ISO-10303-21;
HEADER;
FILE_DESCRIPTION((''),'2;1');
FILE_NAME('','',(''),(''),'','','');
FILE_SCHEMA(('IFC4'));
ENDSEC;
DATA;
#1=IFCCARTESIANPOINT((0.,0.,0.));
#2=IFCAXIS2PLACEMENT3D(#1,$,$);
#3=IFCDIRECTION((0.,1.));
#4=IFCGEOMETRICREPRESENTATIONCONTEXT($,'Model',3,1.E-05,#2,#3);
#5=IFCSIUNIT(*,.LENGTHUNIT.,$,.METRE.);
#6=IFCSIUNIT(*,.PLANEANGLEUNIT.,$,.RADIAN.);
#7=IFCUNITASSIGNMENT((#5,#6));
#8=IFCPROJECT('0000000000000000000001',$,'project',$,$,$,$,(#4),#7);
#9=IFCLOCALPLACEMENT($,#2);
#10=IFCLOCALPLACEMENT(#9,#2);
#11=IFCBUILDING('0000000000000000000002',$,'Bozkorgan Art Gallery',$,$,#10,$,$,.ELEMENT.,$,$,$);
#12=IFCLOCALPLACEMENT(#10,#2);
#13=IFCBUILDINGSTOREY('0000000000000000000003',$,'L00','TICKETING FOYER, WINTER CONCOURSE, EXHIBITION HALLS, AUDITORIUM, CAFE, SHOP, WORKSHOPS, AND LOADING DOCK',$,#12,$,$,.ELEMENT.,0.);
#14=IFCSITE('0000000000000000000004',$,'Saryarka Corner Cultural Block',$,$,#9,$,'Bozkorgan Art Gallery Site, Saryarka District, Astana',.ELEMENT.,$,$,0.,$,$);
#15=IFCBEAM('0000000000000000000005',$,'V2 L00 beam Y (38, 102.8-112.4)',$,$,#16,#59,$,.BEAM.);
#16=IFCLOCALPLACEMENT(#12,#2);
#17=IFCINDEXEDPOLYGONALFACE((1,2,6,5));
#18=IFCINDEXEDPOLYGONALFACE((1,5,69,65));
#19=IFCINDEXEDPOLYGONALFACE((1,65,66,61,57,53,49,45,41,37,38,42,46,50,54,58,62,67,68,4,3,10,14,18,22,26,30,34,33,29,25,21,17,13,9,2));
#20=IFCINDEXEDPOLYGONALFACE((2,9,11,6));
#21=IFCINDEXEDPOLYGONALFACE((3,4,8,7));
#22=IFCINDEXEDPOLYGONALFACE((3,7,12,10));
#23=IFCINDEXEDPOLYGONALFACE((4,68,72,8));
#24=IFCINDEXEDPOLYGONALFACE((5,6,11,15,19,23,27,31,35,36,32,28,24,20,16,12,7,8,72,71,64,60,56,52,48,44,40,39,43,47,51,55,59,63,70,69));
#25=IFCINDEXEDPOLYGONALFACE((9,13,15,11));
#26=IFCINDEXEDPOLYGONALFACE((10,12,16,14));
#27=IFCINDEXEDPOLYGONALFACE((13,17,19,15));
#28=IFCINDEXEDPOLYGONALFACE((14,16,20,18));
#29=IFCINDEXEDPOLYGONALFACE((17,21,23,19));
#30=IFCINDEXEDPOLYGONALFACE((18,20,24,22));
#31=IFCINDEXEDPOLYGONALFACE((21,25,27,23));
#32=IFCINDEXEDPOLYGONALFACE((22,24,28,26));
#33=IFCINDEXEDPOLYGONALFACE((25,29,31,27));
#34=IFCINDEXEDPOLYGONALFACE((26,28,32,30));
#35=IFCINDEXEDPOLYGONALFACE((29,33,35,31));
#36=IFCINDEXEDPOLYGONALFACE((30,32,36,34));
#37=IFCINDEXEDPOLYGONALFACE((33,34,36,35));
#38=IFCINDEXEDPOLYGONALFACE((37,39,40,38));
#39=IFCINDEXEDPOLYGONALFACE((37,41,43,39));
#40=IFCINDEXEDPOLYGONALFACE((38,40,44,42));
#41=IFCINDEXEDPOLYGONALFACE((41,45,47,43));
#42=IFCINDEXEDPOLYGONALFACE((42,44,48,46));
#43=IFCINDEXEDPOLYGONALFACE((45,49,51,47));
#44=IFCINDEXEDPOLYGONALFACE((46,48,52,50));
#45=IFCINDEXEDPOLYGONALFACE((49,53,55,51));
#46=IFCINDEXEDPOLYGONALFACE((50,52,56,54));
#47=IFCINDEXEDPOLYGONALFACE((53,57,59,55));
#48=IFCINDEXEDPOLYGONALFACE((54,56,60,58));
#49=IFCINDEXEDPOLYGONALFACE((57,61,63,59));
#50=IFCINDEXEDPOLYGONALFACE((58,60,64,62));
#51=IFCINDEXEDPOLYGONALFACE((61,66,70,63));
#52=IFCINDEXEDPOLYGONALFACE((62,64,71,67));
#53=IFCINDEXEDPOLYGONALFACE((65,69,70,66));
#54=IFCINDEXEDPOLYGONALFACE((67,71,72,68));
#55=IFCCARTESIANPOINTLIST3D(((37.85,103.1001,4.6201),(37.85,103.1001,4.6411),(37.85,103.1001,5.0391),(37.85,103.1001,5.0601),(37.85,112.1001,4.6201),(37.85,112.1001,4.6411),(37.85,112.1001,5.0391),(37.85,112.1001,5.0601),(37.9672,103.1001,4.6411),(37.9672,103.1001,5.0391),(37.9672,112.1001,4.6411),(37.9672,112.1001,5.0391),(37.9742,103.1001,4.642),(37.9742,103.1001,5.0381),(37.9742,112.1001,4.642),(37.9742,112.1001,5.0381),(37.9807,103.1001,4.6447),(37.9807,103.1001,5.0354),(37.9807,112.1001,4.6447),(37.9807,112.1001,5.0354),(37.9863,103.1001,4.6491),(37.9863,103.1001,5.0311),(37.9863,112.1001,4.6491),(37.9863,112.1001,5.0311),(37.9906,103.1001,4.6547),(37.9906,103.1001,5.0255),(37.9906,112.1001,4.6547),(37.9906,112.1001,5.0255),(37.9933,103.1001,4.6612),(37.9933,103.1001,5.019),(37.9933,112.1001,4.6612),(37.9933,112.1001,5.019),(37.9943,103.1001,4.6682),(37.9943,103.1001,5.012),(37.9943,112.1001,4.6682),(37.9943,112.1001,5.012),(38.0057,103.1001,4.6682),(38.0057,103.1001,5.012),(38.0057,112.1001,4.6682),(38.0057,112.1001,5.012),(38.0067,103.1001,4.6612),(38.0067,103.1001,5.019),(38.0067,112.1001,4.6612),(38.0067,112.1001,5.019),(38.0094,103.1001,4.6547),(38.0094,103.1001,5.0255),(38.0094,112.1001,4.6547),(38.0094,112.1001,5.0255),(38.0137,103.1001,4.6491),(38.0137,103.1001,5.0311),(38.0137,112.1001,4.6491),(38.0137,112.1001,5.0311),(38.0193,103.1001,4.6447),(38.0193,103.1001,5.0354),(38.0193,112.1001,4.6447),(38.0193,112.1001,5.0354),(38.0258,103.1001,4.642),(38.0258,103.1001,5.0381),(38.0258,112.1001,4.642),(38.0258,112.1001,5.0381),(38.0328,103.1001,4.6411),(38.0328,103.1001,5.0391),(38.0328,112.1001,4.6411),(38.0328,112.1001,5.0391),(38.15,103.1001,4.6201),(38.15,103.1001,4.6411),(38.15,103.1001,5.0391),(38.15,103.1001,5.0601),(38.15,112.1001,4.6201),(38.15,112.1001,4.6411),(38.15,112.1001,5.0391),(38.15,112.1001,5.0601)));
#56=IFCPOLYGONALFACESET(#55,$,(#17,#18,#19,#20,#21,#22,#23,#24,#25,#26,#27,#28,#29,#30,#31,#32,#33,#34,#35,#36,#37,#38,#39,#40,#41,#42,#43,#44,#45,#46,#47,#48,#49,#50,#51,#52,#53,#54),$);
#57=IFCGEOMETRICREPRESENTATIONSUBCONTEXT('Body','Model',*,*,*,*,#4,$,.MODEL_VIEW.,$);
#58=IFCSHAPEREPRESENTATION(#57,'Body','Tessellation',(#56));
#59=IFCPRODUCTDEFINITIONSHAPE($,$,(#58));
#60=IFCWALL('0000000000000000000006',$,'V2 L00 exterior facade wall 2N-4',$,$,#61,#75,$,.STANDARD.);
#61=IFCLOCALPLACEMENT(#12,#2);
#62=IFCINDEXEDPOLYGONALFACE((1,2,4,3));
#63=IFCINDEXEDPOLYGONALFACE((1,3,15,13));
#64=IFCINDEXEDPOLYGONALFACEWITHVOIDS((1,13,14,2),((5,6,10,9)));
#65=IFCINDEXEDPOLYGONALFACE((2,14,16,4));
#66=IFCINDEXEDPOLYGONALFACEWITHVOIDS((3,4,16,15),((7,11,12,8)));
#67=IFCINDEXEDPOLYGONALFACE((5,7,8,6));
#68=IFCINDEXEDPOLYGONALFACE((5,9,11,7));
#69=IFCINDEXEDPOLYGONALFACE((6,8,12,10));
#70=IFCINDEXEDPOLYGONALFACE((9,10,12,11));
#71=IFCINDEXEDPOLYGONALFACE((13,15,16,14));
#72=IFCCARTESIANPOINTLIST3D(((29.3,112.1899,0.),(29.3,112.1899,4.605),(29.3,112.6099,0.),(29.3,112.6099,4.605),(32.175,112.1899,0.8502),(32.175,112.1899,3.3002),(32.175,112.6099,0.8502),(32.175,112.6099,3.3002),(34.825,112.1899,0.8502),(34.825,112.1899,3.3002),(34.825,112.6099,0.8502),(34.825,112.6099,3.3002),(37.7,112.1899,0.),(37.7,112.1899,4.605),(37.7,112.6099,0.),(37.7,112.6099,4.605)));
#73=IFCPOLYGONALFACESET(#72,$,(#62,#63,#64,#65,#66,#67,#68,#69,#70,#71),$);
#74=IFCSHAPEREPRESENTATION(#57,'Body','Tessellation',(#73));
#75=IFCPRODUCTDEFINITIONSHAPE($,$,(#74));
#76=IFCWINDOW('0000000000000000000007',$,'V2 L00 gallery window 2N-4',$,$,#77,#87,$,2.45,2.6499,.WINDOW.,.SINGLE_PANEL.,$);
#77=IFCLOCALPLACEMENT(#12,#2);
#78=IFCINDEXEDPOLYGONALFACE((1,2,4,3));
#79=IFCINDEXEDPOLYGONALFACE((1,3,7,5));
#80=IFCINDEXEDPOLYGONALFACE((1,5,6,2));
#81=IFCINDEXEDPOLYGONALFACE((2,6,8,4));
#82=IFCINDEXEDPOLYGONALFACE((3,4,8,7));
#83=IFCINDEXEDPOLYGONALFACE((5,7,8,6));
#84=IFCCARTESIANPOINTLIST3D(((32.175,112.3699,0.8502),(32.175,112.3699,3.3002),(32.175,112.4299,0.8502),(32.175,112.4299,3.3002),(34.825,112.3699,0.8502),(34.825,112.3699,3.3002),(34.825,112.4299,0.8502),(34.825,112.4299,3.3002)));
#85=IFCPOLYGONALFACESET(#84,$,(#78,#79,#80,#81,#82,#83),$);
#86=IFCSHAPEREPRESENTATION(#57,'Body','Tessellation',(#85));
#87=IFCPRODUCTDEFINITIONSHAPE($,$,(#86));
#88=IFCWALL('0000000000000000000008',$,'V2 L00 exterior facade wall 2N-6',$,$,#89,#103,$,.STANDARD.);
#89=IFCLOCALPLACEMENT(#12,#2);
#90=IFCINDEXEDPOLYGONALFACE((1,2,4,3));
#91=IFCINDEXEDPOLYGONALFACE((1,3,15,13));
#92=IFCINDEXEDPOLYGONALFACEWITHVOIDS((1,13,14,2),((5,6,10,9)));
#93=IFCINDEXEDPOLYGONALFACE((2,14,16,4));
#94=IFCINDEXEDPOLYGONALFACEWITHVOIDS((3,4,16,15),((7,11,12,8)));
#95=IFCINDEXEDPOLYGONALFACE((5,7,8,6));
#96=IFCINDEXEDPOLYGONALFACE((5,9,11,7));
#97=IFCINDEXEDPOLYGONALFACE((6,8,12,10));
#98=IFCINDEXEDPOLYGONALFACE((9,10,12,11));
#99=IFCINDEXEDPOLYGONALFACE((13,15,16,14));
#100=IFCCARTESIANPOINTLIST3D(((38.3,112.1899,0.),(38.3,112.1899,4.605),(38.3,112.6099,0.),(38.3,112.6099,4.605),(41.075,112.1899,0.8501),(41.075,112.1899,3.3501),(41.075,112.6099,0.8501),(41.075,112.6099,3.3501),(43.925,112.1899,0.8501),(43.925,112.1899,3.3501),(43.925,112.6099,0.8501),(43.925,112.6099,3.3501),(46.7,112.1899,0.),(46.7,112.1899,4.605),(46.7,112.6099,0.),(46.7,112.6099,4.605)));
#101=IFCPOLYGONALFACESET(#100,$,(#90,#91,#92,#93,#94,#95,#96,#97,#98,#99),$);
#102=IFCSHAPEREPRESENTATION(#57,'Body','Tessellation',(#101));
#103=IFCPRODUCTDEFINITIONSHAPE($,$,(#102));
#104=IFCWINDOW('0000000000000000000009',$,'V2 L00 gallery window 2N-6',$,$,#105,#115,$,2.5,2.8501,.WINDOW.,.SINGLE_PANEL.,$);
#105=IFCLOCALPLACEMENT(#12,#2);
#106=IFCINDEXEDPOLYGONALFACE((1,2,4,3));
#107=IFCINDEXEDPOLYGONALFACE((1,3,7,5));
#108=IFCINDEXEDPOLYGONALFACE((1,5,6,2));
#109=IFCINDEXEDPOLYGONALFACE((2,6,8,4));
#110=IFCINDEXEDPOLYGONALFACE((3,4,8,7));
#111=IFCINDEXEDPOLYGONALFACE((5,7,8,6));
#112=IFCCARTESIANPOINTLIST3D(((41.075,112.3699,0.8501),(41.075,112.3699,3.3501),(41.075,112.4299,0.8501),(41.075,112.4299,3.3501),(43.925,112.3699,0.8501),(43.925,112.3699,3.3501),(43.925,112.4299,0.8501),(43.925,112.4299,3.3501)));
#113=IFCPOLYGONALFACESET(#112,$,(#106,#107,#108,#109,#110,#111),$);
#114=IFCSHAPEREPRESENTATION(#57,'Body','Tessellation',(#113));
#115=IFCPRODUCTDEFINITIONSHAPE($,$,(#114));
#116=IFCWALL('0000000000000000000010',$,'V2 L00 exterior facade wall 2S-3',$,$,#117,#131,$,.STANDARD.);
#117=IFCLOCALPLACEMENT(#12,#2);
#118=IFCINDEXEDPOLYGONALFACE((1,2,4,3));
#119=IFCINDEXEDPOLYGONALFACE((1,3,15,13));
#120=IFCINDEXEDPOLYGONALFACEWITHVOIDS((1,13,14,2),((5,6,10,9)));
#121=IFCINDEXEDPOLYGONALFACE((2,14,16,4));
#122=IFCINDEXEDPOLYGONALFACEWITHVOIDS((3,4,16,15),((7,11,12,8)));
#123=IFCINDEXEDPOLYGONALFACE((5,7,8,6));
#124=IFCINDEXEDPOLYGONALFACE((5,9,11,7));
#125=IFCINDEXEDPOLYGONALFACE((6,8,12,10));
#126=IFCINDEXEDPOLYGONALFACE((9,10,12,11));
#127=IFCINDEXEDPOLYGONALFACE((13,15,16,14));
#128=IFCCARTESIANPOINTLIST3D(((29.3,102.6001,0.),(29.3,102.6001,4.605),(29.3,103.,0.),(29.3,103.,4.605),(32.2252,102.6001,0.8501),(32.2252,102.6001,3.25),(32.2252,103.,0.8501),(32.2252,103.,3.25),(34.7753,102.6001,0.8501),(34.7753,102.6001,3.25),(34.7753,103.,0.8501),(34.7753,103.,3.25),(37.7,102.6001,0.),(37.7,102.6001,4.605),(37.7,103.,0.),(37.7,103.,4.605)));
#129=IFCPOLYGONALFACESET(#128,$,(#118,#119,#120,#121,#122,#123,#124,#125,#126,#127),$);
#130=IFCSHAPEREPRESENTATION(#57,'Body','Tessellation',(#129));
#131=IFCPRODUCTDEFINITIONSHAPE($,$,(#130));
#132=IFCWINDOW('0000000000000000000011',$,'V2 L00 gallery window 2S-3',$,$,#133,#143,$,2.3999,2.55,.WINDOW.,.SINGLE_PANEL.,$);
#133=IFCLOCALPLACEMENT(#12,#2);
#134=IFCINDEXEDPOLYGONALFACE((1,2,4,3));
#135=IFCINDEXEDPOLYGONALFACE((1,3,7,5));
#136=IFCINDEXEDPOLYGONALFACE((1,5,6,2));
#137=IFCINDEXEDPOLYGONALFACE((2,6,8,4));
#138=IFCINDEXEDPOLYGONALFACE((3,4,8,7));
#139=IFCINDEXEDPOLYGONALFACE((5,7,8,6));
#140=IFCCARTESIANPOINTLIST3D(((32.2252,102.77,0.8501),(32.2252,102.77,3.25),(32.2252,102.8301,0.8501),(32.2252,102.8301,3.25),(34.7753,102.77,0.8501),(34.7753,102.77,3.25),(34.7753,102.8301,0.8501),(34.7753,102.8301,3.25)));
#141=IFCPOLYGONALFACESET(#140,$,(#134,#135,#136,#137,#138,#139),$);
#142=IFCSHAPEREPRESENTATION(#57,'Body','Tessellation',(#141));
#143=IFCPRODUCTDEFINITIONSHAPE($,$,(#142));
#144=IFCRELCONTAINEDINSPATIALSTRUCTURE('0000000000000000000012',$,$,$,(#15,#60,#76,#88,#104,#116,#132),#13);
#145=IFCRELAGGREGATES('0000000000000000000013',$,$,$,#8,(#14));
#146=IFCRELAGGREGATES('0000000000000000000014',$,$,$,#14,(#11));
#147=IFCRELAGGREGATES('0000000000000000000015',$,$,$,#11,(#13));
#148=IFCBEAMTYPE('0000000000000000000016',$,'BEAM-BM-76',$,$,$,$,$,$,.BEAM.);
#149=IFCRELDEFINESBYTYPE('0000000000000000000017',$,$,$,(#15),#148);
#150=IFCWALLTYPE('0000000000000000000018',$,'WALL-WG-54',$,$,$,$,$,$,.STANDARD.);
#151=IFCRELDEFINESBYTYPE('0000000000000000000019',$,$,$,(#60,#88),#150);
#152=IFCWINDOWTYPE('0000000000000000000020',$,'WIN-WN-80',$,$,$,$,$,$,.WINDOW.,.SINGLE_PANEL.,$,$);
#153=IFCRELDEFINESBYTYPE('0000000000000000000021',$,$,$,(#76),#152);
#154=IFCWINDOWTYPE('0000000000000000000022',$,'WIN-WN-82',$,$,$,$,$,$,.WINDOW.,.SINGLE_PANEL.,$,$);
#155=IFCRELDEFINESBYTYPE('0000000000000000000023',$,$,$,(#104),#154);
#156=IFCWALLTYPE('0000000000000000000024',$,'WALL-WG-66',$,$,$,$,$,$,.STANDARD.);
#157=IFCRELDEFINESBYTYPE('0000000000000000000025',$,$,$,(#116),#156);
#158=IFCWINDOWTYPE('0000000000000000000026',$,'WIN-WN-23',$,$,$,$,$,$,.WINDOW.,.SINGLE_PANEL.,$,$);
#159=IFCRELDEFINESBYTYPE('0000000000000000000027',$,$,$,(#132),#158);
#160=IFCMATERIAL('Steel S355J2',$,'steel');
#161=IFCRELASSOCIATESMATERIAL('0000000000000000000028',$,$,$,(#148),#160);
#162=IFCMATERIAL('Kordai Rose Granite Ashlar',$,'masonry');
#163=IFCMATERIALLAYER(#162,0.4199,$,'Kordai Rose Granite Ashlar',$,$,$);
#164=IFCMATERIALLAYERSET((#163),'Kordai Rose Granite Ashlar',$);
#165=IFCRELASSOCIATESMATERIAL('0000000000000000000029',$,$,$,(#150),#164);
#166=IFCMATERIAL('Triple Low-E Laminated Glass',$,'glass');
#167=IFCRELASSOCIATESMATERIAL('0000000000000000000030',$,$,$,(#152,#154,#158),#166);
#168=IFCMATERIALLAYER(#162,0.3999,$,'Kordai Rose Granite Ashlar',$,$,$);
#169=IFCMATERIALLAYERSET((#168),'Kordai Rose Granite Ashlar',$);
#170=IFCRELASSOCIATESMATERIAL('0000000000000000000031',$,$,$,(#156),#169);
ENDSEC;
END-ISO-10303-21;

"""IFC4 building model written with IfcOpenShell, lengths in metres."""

from ifc_helpers import new_model, si_unit, direction, frame, frame_2d, origin, origin_2d, place, context, subcontext, project, spatial, rectangle, i_section, extrude, material, layer, layer_set, material_profile, profile_set, type_object, element, fill, save


model = new_model("IFC4")

# Units and contexts
model_context = context("Model", 3, precision=1e-05, world=origin(), true_north=direction((0.0, 1.0)))
body_context = subcontext(model_context, "Body", "Model", "MODEL_VIEW")
ifc_project = project(units=[si_unit("LENGTHUNIT", "METRE"), si_unit("PLANEANGLEUNIT", "RADIAN")], contexts=[model_context])

# Site, building, storey
site_placement = place(None, origin())
site = spatial("IfcSite", under=ifc_project, at=site_placement, Name="Saryarka Corner Cultural Block", LongName="Bozkorgan Art Gallery Site, Saryarka District, Astana", CompositionType="ELEMENT", RefElevation=0.0)
building_placement = place(site_placement, origin())
building = spatial("IfcBuilding", under=site, at=building_placement, Name="Bozkorgan Art Gallery", CompositionType="ELEMENT")
storey_placement = place(building_placement, origin())
storey = spatial("IfcBuildingStorey", under=building, at=storey_placement, Name="L00", Description="TICKETING FOYER, WINTER CONCOURSE, EXHIBITION HALLS, AUDITORIUM, CAFE, SHOP, WORKSHOPS, AND LOADING DOCK", CompositionType="ELEMENT", Elevation=0.0)

# Beam
ifc_material_1 = material(Name="Steel S355J2", Category="steel")
ifc_material_profile_1 = material_profile(ifc_material_1, i_section(OverallWidth=0.3, OverallDepth=0.4399, WebThickness=0.0115, FlangeThickness=0.021, FilletRadius=0.0271, at=origin_2d()), Name="HEA 450")
ifc_profile_set_1 = profile_set([ifc_material_profile_1], Name="Steel S355J2")
beam_type = type_object("IfcBeamType", Name="BEAM-BM-76", PredefinedType="BEAM", material=ifc_profile_set_1)
beam_placement = place(storey_placement, frame((38.0, 103.1001, 4.8401), z_axis=(0.0, 1.0, 0.0), x_axis=(-1.0, 0.0, 0.0)))
element("IfcBeam", 1, at=beam_placement, inside=storey, type_object=beam_type, Name="V2 L00 beam Y (38, 102.8-112.4)", PredefinedType="BEAM", context=body_context, shape_type="SweptSolid", body=[
    extrude(i_section(OverallWidth=0.3, OverallDepth=0.4399, WebThickness=0.0115, FlangeThickness=0.021, FilletRadius=0.0271, at=origin_2d()), origin(), (0.0, 0.0, 1.0), 9.0),
])

# Walls, openings, windows
ifc_material_2 = material(Name="Kordai Rose Granite Ashlar", Category="masonry")
ifc_layer_1 = layer(ifc_material_2, 0.4199, Name="Kordai Rose Granite Ashlar")
ifc_layer_set_1 = layer_set([ifc_layer_1], Name="Kordai Rose Granite Ashlar")
wall_type_1 = type_object("IfcWallType", Name="WALL-WG-54", PredefinedType="STANDARD", material=ifc_layer_set_1)
wall_1_placement = place(storey_placement, frame((29.3, 112.3999, 0.0), z_axis=(0.0, 0.0, 1.0), x_axis=(1.0, 0.0, 0.0)))
wall_1 = element("IfcWall", 2, at=wall_1_placement, inside=storey, type_object=wall_type_1, Name="V2 L00 exterior facade wall 2N-4", PredefinedType="STANDARD", context=body_context, shape_type="SweptSolid", body=[
    extrude(rectangle(XDim=8.3999, YDim=0.4199, at=frame_2d((4.2, 0.0))), origin(), (0.0, 0.0, 1.0), 4.605),
])
opening_1_placement = place(wall_1_placement, frame((2.875, 0.0, 0.8501)))
opening_1 = element("IfcOpeningElement", 3, at=opening_1_placement, cuts=wall_1, PredefinedType="OPENING", context=body_context, shape_type="SweptSolid", body=[
    extrude(rectangle(XDim=2.6499, YDim=2.45, at=frame_2d((1.325, 1.2251))), frame((0.0, 0.22, 0.0), z_axis=(0.0, -1.0, 0.0), x_axis=(1.0, 0.0, 0.0)), (0.0, 0.0, 1.0), 0.4399),
])
ifc_material_3 = material(Name="Triple Low-E Laminated Glass", Category="glass")
window_type_1 = type_object("IfcWindowType", Name="WIN-WN-80", PartitioningType="SINGLE_PANEL", PredefinedType="WINDOW", material=ifc_material_3)
window_1_placement = place(opening_1_placement, origin())
window_1 = element("IfcWindow", 4, at=window_1_placement, inside=storey, type_object=window_type_1, Name="V2 L00 gallery window 2N-4", OverallHeight=2.45, OverallWidth=2.6499, PartitioningType="SINGLE_PANEL", PredefinedType="WINDOW", context=body_context, shape_type="SweptSolid", body=[
    extrude(rectangle(XDim=2.6499, YDim=2.45, at=frame_2d((1.325, 1.2251))), frame((0.0, 0.03, 0.0), z_axis=(0.0, -1.0, 0.0), x_axis=(1.0, 0.0, 0.0)), (0.0, 0.0, 1.0), 0.0601),
])
fill(opening_1, window_1)
wall_2_placement = place(storey_placement, frame((38.3, 112.3999, 0.0), z_axis=(0.0, 0.0, 1.0), x_axis=(1.0, 0.0, 0.0)))
wall_2 = element("IfcWall", 5, at=wall_2_placement, inside=storey, type_object=wall_type_1, Name="V2 L00 exterior facade wall 2N-6", PredefinedType="STANDARD", context=body_context, shape_type="SweptSolid", body=[
    extrude(rectangle(XDim=8.3999, YDim=0.4199, at=frame_2d((4.2, 0.0))), origin(), (0.0, 0.0, 1.0), 4.605),
])
opening_2_placement = place(wall_2_placement, frame((2.7749, 0.0, 0.8501)))
opening_2 = element("IfcOpeningElement", 6, at=opening_2_placement, cuts=wall_2, PredefinedType="OPENING", context=body_context, shape_type="SweptSolid", body=[
    extrude(rectangle(XDim=2.8501, YDim=2.5, at=frame_2d((1.425, 1.25))), frame((0.0, 0.22, 0.0), z_axis=(0.0, -1.0, 0.0), x_axis=(1.0, 0.0, 0.0)), (0.0, 0.0, 1.0), 0.4399),
])
window_type_2 = type_object("IfcWindowType", Name="WIN-WN-82", PartitioningType="SINGLE_PANEL", PredefinedType="WINDOW", material=ifc_material_3)
window_2_placement = place(opening_2_placement, origin())
window_2 = element("IfcWindow", 7, at=window_2_placement, inside=storey, type_object=window_type_2, Name="V2 L00 gallery window 2N-6", OverallHeight=2.5, OverallWidth=2.8501, PartitioningType="SINGLE_PANEL", PredefinedType="WINDOW", context=body_context, shape_type="SweptSolid", body=[
    extrude(rectangle(XDim=2.8501, YDim=2.5, at=frame_2d((1.425, 1.25))), frame((0.0, 0.03, 0.0), z_axis=(0.0, -1.0, 0.0), x_axis=(1.0, 0.0, 0.0)), (0.0, 0.0, 1.0), 0.0601),
])
fill(opening_2, window_2)
ifc_layer_2 = layer(ifc_material_2, 0.3999, Name="Kordai Rose Granite Ashlar")
ifc_layer_set_2 = layer_set([ifc_layer_2], Name="Kordai Rose Granite Ashlar")
wall_type_2 = type_object("IfcWallType", Name="WALL-WG-66", PredefinedType="STANDARD", material=ifc_layer_set_2)
wall_3_placement = place(storey_placement, frame((29.3, 102.8, 0.0), z_axis=(0.0, 0.0, 1.0), x_axis=(1.0, 0.0, 0.0)))
wall_3 = element("IfcWall", 8, at=wall_3_placement, inside=storey, type_object=wall_type_2, Name="V2 L00 exterior facade wall 2S-3", PredefinedType="STANDARD", context=body_context, shape_type="SweptSolid", body=[
    extrude(rectangle(XDim=8.3999, YDim=0.3999, at=frame_2d((4.2, 0.0))), origin(), (0.0, 0.0, 1.0), 4.605),
])
opening_3_placement = place(wall_3_placement, frame((5.4751, 0.0, 0.8501), z_axis=(0.0, 0.0, 1.0), x_axis=(-1.0, 0.0, 0.0)))
opening_3 = element("IfcOpeningElement", 9, at=opening_3_placement, cuts=wall_3, PredefinedType="OPENING", context=body_context, shape_type="SweptSolid", body=[
    extrude(rectangle(XDim=2.55, YDim=2.3999, at=frame_2d((1.2749, 1.2))), frame((0.0, 0.21, 0.0), z_axis=(0.0, -1.0, 0.0), x_axis=(1.0, 0.0, 0.0)), (0.0, 0.0, 1.0), 0.4199),
])
window_type_3 = type_object("IfcWindowType", Name="WIN-WN-23", PartitioningType="SINGLE_PANEL", PredefinedType="WINDOW", material=ifc_material_3)
window_3_placement = place(opening_3_placement, origin())
window_3 = element("IfcWindow", 10, at=window_3_placement, inside=storey, type_object=window_type_3, Name="V2 L00 gallery window 2S-3", OverallHeight=2.3999, OverallWidth=2.55, PartitioningType="SINGLE_PANEL", PredefinedType="WINDOW", context=body_context, shape_type="SweptSolid", body=[
    extrude(rectangle(XDim=2.55, YDim=2.3999, at=frame_2d((1.2749, 1.2))), frame((0.0, 0.03, 0.0), z_axis=(0.0, -1.0, 0.0), x_axis=(1.0, 0.0, 0.0)), (0.0, 0.0, 1.0), 0.0601),
])
fill(opening_3, window_3)

save(model, "model.ifc")
